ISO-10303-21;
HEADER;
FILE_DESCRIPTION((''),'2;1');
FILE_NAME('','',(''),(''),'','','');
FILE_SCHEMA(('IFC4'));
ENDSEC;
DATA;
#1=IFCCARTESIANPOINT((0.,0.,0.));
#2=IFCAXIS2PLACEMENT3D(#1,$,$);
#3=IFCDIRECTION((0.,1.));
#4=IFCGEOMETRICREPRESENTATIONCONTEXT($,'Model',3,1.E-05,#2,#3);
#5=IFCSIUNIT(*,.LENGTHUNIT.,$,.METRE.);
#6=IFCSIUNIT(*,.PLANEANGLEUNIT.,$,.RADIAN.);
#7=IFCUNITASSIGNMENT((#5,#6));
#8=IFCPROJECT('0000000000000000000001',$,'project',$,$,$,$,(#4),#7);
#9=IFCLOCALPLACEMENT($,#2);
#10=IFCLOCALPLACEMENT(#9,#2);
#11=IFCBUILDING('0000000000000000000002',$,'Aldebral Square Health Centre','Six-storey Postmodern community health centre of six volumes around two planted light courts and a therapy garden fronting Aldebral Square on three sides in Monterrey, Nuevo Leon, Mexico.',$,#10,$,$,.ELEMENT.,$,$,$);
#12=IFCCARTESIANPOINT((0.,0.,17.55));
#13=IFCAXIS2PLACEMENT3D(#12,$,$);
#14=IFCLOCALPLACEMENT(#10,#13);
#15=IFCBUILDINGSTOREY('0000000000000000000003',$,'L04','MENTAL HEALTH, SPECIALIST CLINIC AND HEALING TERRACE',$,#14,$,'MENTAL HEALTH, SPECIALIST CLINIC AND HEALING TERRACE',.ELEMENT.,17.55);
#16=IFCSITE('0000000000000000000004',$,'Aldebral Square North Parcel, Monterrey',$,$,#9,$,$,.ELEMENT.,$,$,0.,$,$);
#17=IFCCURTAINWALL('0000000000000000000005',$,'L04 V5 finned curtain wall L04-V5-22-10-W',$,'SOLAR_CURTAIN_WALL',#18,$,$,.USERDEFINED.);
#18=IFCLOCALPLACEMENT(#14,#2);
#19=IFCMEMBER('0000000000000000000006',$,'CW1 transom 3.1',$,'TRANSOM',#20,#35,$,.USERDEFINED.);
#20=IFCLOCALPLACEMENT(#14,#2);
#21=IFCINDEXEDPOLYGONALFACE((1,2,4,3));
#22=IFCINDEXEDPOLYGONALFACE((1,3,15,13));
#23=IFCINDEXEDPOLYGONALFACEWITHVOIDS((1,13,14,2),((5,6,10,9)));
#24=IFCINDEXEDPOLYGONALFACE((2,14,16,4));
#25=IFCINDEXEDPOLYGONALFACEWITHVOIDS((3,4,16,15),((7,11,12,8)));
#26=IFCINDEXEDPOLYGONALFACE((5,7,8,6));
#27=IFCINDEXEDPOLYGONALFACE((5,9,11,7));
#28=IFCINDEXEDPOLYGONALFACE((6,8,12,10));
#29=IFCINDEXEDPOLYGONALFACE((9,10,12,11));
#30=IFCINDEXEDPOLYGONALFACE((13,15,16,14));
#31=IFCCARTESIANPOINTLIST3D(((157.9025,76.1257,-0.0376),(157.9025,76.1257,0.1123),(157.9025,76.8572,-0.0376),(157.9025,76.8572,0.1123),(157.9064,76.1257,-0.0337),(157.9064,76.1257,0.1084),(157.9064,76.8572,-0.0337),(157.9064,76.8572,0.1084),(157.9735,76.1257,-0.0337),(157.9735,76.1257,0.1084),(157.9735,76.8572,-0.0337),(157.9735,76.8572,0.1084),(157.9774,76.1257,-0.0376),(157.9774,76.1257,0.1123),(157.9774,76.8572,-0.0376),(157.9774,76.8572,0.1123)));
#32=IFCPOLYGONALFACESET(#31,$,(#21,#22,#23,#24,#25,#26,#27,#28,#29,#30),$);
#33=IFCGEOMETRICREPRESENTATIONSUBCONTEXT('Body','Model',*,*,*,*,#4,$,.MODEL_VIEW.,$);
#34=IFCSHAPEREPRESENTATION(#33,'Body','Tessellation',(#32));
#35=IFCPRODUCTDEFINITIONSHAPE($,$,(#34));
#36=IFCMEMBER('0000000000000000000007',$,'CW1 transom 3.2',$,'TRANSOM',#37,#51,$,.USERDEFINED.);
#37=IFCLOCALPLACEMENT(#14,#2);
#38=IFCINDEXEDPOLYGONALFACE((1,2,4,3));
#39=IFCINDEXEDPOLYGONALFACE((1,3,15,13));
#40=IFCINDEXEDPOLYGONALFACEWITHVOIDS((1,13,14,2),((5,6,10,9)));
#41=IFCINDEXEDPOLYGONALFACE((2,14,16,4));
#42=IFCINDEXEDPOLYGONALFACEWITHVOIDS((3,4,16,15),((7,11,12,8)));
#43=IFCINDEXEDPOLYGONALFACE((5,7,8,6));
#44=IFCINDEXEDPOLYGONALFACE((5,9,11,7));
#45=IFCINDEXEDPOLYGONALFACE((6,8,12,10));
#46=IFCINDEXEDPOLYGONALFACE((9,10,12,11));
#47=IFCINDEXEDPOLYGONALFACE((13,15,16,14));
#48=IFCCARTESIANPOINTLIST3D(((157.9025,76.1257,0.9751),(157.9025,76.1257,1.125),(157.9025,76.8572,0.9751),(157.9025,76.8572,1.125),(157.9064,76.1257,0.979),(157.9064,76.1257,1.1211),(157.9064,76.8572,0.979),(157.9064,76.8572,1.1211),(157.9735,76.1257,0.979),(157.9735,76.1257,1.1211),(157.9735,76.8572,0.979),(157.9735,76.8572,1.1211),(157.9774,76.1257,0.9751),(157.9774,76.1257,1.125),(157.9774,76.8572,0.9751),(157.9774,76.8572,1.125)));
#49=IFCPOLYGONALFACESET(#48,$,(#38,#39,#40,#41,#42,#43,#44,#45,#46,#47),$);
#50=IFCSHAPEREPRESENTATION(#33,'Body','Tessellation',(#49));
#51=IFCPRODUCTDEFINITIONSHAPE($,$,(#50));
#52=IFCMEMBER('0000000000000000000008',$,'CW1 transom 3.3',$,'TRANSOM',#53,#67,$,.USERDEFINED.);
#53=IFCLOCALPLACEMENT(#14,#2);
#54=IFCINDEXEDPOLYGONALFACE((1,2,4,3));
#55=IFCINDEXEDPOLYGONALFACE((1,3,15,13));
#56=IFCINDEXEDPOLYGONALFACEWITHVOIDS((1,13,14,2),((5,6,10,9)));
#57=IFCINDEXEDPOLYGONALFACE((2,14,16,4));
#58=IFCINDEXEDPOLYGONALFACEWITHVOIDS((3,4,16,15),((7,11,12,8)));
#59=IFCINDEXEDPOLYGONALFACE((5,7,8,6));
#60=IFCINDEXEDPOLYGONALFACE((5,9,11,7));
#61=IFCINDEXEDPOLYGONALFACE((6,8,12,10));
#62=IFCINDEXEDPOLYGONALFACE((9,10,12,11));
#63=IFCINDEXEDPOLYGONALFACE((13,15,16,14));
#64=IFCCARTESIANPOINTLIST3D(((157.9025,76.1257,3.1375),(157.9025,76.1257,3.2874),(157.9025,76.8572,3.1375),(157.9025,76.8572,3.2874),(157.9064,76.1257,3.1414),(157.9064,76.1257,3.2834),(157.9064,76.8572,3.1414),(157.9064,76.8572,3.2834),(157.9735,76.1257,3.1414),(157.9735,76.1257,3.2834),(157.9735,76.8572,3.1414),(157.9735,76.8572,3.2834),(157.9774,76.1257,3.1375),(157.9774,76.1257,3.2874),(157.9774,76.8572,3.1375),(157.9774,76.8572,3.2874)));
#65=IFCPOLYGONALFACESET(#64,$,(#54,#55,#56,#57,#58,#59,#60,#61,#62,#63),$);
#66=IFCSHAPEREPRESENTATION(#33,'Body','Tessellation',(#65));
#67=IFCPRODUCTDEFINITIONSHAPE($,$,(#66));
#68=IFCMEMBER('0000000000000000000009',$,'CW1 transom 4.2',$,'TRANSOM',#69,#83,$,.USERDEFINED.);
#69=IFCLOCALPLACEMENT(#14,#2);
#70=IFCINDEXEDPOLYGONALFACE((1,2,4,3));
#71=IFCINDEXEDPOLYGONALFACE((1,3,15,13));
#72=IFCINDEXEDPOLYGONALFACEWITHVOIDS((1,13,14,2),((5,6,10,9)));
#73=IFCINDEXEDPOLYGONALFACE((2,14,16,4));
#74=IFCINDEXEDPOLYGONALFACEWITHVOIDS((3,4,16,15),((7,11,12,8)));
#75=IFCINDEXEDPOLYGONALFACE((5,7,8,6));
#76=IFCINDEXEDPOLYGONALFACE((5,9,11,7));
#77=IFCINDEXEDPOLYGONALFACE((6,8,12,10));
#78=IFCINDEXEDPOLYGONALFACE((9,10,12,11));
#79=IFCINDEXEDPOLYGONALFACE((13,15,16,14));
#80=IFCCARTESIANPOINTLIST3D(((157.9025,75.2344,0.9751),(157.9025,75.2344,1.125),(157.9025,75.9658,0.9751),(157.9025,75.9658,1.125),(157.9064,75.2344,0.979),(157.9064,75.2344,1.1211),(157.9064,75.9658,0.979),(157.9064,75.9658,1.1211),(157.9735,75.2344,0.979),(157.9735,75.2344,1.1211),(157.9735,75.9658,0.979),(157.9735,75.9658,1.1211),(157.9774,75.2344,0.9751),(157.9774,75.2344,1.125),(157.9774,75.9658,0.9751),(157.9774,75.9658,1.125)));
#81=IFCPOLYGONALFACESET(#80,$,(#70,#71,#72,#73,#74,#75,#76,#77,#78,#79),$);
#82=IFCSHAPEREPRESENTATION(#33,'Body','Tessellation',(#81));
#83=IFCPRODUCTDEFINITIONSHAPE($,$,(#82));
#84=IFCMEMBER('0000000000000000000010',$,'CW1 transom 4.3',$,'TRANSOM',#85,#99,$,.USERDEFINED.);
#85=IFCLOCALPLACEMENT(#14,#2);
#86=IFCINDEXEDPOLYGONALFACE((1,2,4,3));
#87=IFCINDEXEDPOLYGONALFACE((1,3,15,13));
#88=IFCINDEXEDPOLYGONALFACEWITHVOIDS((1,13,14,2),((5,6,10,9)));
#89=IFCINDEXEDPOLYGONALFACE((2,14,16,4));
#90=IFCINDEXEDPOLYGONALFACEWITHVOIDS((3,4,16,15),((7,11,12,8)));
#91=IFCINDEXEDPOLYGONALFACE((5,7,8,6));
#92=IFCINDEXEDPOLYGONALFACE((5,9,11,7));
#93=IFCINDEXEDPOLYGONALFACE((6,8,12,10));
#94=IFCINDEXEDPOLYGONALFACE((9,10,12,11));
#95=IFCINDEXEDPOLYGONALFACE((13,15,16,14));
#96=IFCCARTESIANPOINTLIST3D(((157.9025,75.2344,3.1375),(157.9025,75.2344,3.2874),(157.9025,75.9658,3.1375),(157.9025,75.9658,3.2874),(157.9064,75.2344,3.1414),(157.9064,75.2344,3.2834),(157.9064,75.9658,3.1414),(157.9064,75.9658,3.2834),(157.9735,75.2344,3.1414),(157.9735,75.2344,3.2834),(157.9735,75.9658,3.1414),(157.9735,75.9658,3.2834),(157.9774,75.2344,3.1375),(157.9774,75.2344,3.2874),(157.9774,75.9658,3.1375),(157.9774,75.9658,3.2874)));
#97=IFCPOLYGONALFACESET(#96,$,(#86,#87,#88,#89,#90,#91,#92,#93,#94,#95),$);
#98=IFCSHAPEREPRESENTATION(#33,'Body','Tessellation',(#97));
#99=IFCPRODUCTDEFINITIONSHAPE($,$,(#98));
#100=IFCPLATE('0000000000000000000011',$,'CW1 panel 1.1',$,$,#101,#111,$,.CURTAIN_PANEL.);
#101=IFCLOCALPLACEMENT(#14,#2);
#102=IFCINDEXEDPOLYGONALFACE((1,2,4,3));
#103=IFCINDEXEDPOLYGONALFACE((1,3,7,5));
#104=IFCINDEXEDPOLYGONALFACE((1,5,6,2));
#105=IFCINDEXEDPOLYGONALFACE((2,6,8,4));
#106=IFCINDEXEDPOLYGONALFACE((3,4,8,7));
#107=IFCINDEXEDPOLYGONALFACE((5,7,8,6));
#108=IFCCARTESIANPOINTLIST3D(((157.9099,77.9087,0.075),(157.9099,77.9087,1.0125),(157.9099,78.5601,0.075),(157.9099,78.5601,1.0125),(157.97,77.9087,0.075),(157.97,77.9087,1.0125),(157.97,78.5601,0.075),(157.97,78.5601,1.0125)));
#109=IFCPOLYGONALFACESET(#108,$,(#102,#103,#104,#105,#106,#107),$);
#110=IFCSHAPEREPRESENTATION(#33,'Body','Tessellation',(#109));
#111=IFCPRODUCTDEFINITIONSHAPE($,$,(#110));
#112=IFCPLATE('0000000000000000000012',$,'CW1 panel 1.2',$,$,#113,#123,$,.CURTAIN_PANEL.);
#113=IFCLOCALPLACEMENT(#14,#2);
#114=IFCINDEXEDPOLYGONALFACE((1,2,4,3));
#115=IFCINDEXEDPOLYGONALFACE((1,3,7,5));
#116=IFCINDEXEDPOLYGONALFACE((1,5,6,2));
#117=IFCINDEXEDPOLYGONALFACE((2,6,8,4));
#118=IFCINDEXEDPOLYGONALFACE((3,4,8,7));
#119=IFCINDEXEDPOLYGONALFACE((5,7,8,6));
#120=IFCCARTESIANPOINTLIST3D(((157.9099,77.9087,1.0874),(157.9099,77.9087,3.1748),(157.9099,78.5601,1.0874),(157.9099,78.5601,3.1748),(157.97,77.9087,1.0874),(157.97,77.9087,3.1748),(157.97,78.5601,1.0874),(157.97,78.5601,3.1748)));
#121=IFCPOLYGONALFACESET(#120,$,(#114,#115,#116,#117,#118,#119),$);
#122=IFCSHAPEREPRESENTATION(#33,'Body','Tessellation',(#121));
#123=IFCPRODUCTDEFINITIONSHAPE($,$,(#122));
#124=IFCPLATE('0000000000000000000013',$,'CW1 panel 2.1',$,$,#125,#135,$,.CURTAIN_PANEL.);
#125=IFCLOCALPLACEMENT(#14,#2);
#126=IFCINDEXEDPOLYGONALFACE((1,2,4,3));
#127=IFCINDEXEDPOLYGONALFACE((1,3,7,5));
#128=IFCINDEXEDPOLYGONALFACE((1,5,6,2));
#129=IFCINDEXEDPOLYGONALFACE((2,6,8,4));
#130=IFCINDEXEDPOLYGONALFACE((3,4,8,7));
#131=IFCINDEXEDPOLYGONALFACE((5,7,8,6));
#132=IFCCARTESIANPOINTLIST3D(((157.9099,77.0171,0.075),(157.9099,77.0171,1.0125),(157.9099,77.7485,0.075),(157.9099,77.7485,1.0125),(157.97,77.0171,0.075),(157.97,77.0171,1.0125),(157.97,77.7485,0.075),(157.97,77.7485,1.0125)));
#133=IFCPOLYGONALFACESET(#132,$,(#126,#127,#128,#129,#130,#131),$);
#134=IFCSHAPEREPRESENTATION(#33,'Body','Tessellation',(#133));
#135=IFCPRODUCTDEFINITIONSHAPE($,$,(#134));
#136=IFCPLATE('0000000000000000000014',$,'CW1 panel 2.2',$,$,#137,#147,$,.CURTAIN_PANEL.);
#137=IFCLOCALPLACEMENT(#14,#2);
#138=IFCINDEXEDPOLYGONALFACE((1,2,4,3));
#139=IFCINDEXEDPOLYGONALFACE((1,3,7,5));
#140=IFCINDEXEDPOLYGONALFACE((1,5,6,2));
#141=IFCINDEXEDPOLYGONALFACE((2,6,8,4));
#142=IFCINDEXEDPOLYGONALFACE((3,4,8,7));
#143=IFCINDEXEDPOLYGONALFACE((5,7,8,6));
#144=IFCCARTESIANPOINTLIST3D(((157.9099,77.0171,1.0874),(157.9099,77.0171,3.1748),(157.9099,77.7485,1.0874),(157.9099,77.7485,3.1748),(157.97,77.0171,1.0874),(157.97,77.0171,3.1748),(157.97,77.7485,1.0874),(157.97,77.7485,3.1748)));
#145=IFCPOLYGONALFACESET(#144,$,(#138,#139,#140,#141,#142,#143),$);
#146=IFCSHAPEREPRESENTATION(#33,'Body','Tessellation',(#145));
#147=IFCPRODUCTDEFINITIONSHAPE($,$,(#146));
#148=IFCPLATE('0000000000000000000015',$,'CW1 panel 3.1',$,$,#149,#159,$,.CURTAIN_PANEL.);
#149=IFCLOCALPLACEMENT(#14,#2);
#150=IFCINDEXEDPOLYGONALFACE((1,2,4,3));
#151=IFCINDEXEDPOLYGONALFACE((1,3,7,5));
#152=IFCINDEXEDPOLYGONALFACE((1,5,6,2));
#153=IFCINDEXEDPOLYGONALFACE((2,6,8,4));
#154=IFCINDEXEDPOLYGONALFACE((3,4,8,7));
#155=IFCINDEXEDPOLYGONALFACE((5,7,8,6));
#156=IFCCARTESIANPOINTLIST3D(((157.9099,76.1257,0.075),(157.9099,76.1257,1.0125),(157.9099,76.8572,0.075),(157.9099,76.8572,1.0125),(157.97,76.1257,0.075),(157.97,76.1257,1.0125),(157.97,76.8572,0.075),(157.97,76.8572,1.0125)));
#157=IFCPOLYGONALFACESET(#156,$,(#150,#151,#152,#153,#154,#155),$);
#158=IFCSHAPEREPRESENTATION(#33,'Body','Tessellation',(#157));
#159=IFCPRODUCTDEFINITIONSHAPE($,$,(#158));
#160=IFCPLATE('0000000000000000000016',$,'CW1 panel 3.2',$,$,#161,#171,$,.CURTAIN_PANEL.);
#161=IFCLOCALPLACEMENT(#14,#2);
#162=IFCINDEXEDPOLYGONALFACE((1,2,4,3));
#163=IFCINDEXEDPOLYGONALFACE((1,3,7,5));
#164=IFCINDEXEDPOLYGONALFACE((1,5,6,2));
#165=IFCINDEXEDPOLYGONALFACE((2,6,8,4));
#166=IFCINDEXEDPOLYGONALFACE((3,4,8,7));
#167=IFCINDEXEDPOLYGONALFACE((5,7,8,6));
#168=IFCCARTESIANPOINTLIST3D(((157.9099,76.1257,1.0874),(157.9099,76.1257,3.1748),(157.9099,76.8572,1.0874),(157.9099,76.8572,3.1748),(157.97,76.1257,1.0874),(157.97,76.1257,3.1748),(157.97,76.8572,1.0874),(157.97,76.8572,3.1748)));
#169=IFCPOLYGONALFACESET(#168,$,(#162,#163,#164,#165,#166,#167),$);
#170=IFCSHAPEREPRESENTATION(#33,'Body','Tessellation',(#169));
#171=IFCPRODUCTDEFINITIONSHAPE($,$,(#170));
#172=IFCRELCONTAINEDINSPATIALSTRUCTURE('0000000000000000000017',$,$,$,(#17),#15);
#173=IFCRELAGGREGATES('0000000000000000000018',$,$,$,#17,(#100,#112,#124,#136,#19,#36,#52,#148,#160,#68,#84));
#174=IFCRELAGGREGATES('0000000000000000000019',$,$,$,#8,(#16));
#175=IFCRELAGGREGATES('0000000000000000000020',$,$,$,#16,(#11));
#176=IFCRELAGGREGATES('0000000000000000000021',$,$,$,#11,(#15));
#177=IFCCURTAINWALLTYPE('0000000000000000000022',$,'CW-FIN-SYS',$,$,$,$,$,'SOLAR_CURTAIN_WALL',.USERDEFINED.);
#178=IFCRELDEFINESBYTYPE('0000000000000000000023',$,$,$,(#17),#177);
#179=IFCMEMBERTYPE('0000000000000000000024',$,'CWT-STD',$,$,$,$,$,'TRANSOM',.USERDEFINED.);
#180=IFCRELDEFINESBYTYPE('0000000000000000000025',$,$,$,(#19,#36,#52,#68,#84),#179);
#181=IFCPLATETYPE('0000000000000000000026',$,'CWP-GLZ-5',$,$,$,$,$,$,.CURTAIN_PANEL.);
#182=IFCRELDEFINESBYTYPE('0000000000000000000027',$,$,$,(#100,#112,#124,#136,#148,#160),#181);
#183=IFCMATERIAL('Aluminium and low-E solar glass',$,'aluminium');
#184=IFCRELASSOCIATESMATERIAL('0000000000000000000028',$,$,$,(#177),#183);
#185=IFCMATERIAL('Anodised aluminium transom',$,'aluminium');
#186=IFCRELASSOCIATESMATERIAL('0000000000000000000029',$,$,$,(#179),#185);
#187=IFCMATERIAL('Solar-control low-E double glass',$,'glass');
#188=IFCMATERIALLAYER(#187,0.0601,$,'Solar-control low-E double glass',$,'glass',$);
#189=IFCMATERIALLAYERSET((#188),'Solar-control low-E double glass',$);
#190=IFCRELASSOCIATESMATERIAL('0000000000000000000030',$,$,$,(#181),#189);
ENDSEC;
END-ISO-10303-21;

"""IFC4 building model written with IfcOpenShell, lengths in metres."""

from ifc_helpers import new_model, si_unit, direction, frame, origin, origin_2d, place, context, subcontext, project, spatial, rectangle, hollow_rectangle, extrude, material, layer, layer_set, material_profile, profile_set, type_object, element, aggregate, save


model = new_model("IFC4")

# Units and contexts
model_context = context("Model", 3, precision=1e-05, world=origin(), true_north=direction((0.0, 1.0)))
body_context = subcontext(model_context, "Body", "Model", "MODEL_VIEW")
ifc_project = project(units=[si_unit("LENGTHUNIT", "METRE"), si_unit("PLANEANGLEUNIT", "RADIAN")], contexts=[model_context])

# Site, building, storey
site_placement = place(None, origin())
site = spatial("IfcSite", under=ifc_project, at=site_placement, Name="Aldebral Square North Parcel, Monterrey", CompositionType="ELEMENT", RefElevation=0.0)
building_placement = place(site_placement, origin())
building = spatial("IfcBuilding", under=site, at=building_placement, Name="Aldebral Square Health Centre", Description="Six-storey Postmodern community health centre of six volumes around two planted light courts and a therapy garden fronting Aldebral Square on three sides in Monterrey, Nuevo Leon, Mexico.", CompositionType="ELEMENT")
storey_placement = place(building_placement, frame((0.0, 0.0, 17.55)))
storey = spatial("IfcBuildingStorey", under=building, at=storey_placement, Name="L04", Description="MENTAL HEALTH, SPECIALIST CLINIC AND HEALING TERRACE", LongName="MENTAL HEALTH, SPECIALIST CLINIC AND HEALING TERRACE", CompositionType="ELEMENT", Elevation=17.55)

# Curtain wall
ifc_material_1 = material(Name="Aluminium and low-E solar glass", Category="aluminium")
curtain_wall_type = type_object("IfcCurtainWallType", Name="CW-FIN-SYS", ElementType="SOLAR_CURTAIN_WALL", PredefinedType="USERDEFINED", material=ifc_material_1)
curtain_wall_1_placement = place(storey_placement, origin())
curtain_wall_1 = element("IfcCurtainWall", 1, at=curtain_wall_1_placement, inside=storey, type_object=curtain_wall_type, Name="L04 V5 finned curtain wall L04-V5-22-10-W", ObjectType="SOLAR_CURTAIN_WALL", PredefinedType="USERDEFINED")

# Members
ifc_material_2 = material(Name="Anodised aluminium transom", Category="aluminium")
ifc_material_profile_1 = material_profile(ifc_material_2, hollow_rectangle(XDim=0.075, YDim=0.1499, WallThickness=0.0039, at=origin_2d()), Name="CWT 75x150x4")
ifc_profile_set_1 = profile_set([ifc_material_profile_1], Name="Anodised aluminium transom")
member_type_1 = type_object("IfcMemberType", Name="CWT-STD", ElementType="TRANSOM", PredefinedType="USERDEFINED", material=ifc_profile_set_1)
member_1_placement = place(storey_placement, frame((157.9399, 76.8572, 0.0374), z_axis=(0.0, -1.0, 0.0), x_axis=(1.0, 0.0, 0.0)))
member_1 = element("IfcMember", 2, at=member_1_placement, type_object=member_type_1, Name="CW1 transom 3.1", ObjectType="TRANSOM", PredefinedType="USERDEFINED", context=body_context, shape_type="SweptSolid", body=[
    extrude(hollow_rectangle(XDim=0.075, YDim=0.1499, WallThickness=0.0039, at=origin_2d()), origin(), (0.0, 0.0, 1.0), 0.7314),
])
member_2_placement = place(storey_placement, frame((157.9399, 76.8572, 1.05), z_axis=(0.0, -1.0, 0.0), x_axis=(1.0, 0.0, 0.0)))
member_2 = element("IfcMember", 3, at=member_2_placement, type_object=member_type_1, Name="CW1 transom 3.2", ObjectType="TRANSOM", PredefinedType="USERDEFINED", context=body_context, shape_type="SweptSolid", body=[
    extrude(hollow_rectangle(XDim=0.075, YDim=0.1499, WallThickness=0.0039, at=origin_2d()), origin(), (0.0, 0.0, 1.0), 0.7314),
])
member_3_placement = place(storey_placement, frame((157.9399, 76.8572, 3.2124), z_axis=(0.0, -1.0, 0.0), x_axis=(1.0, 0.0, 0.0)))
member_3 = element("IfcMember", 4, at=member_3_placement, type_object=member_type_1, Name="CW1 transom 3.3", ObjectType="TRANSOM", PredefinedType="USERDEFINED", context=body_context, shape_type="SweptSolid", body=[
    extrude(hollow_rectangle(XDim=0.075, YDim=0.1499, WallThickness=0.0039, at=origin_2d()), origin(), (0.0, 0.0, 1.0), 0.7314),
])
member_4_placement = place(storey_placement, frame((157.9399, 75.9658, 1.05), z_axis=(0.0, -1.0, 0.0), x_axis=(1.0, 0.0, 0.0)))
member_4 = element("IfcMember", 5, at=member_4_placement, type_object=member_type_1, Name="CW1 transom 4.2", ObjectType="TRANSOM", PredefinedType="USERDEFINED", context=body_context, shape_type="SweptSolid", body=[
    extrude(hollow_rectangle(XDim=0.075, YDim=0.1499, WallThickness=0.0039, at=origin_2d()), origin(), (0.0, 0.0, 1.0), 0.7314),
])
member_5_placement = place(storey_placement, frame((157.9399, 75.9658, 3.2124), z_axis=(0.0, -1.0, 0.0), x_axis=(1.0, 0.0, 0.0)))
member_5 = element("IfcMember", 6, at=member_5_placement, type_object=member_type_1, Name="CW1 transom 4.3", ObjectType="TRANSOM", PredefinedType="USERDEFINED", context=body_context, shape_type="SweptSolid", body=[
    extrude(hollow_rectangle(XDim=0.075, YDim=0.1499, WallThickness=0.0039, at=origin_2d()), origin(), (0.0, 0.0, 1.0), 0.7314),
])

# Plates
ifc_material_3 = material(Name="Solar-control low-E double glass", Category="glass")
ifc_layer = layer(ifc_material_3, 0.0601, Name="Solar-control low-E double glass", Category="glass")
ifc_layer_set = layer_set([ifc_layer], Name="Solar-control low-E double glass")
plate_type = type_object("IfcPlateType", Name="CWP-GLZ-5", PredefinedType="CURTAIN_PANEL", material=ifc_layer_set)
plate_1_placement = place(storey_placement, frame((157.9399, 78.2344, 0.075), z_axis=(0.0, 0.0, 1.0), x_axis=(0.0, -1.0, 0.0)))
plate_1 = element("IfcPlate", 7, at=plate_1_placement, type_object=plate_type, Name="CW1 panel 1.1", PredefinedType="CURTAIN_PANEL", context=body_context, shape_type="SweptSolid", body=[
    extrude(rectangle(XDim=0.6514, YDim=0.0601, at=origin_2d()), origin(), (0.0, 0.0, 1.0), 0.9375),
])
plate_2_placement = place(storey_placement, frame((157.9399, 78.2344, 1.0874), z_axis=(0.0, 0.0, 1.0), x_axis=(0.0, -1.0, 0.0)))
plate_2 = element("IfcPlate", 8, at=plate_2_placement, type_object=plate_type, Name="CW1 panel 1.2", PredefinedType="CURTAIN_PANEL", context=body_context, shape_type="SweptSolid", body=[
    extrude(rectangle(XDim=0.6514, YDim=0.0601, at=origin_2d()), origin(), (0.0, 0.0, 1.0), 2.0874),
])
plate_3_placement = place(storey_placement, frame((157.9399, 77.3828, 0.075), z_axis=(0.0, 0.0, 1.0), x_axis=(0.0, -1.0, 0.0)))
plate_3 = element("IfcPlate", 9, at=plate_3_placement, type_object=plate_type, Name="CW1 panel 2.1", PredefinedType="CURTAIN_PANEL", context=body_context, shape_type="SweptSolid", body=[
    extrude(rectangle(XDim=0.7314, YDim=0.0601, at=origin_2d()), origin(), (0.0, 0.0, 1.0), 0.9375),
])
plate_4_placement = place(storey_placement, frame((157.9399, 77.3828, 1.0874), z_axis=(0.0, 0.0, 1.0), x_axis=(0.0, -1.0, 0.0)))
plate_4 = element("IfcPlate", 10, at=plate_4_placement, type_object=plate_type, Name="CW1 panel 2.2", PredefinedType="CURTAIN_PANEL", context=body_context, shape_type="SweptSolid", body=[
    extrude(rectangle(XDim=0.7314, YDim=0.0601, at=origin_2d()), origin(), (0.0, 0.0, 1.0), 2.0874),
])
plate_5_placement = place(storey_placement, frame((157.9399, 76.4915, 0.075), z_axis=(0.0, 0.0, 1.0), x_axis=(0.0, -1.0, 0.0)))
plate_5 = element("IfcPlate", 11, at=plate_5_placement, type_object=plate_type, Name="CW1 panel 3.1", PredefinedType="CURTAIN_PANEL", context=body_context, shape_type="SweptSolid", body=[
    extrude(rectangle(XDim=0.7314, YDim=0.0601, at=origin_2d()), origin(), (0.0, 0.0, 1.0), 0.9375),
])
plate_6_placement = place(storey_placement, frame((157.9399, 76.4915, 1.0874), z_axis=(0.0, 0.0, 1.0), x_axis=(0.0, -1.0, 0.0)))
plate_6 = element("IfcPlate", 12, at=plate_6_placement, type_object=plate_type, Name="CW1 panel 3.2", PredefinedType="CURTAIN_PANEL", context=body_context, shape_type="SweptSolid", body=[
    extrude(rectangle(XDim=0.7314, YDim=0.0601, at=origin_2d()), origin(), (0.0, 0.0, 1.0), 2.0874),
])
aggregate(curtain_wall_1, [plate_1, plate_2, plate_3, plate_4, member_1, member_2, member_3, plate_5, plate_6, member_4, member_5])

save(model, "model.ifc")
